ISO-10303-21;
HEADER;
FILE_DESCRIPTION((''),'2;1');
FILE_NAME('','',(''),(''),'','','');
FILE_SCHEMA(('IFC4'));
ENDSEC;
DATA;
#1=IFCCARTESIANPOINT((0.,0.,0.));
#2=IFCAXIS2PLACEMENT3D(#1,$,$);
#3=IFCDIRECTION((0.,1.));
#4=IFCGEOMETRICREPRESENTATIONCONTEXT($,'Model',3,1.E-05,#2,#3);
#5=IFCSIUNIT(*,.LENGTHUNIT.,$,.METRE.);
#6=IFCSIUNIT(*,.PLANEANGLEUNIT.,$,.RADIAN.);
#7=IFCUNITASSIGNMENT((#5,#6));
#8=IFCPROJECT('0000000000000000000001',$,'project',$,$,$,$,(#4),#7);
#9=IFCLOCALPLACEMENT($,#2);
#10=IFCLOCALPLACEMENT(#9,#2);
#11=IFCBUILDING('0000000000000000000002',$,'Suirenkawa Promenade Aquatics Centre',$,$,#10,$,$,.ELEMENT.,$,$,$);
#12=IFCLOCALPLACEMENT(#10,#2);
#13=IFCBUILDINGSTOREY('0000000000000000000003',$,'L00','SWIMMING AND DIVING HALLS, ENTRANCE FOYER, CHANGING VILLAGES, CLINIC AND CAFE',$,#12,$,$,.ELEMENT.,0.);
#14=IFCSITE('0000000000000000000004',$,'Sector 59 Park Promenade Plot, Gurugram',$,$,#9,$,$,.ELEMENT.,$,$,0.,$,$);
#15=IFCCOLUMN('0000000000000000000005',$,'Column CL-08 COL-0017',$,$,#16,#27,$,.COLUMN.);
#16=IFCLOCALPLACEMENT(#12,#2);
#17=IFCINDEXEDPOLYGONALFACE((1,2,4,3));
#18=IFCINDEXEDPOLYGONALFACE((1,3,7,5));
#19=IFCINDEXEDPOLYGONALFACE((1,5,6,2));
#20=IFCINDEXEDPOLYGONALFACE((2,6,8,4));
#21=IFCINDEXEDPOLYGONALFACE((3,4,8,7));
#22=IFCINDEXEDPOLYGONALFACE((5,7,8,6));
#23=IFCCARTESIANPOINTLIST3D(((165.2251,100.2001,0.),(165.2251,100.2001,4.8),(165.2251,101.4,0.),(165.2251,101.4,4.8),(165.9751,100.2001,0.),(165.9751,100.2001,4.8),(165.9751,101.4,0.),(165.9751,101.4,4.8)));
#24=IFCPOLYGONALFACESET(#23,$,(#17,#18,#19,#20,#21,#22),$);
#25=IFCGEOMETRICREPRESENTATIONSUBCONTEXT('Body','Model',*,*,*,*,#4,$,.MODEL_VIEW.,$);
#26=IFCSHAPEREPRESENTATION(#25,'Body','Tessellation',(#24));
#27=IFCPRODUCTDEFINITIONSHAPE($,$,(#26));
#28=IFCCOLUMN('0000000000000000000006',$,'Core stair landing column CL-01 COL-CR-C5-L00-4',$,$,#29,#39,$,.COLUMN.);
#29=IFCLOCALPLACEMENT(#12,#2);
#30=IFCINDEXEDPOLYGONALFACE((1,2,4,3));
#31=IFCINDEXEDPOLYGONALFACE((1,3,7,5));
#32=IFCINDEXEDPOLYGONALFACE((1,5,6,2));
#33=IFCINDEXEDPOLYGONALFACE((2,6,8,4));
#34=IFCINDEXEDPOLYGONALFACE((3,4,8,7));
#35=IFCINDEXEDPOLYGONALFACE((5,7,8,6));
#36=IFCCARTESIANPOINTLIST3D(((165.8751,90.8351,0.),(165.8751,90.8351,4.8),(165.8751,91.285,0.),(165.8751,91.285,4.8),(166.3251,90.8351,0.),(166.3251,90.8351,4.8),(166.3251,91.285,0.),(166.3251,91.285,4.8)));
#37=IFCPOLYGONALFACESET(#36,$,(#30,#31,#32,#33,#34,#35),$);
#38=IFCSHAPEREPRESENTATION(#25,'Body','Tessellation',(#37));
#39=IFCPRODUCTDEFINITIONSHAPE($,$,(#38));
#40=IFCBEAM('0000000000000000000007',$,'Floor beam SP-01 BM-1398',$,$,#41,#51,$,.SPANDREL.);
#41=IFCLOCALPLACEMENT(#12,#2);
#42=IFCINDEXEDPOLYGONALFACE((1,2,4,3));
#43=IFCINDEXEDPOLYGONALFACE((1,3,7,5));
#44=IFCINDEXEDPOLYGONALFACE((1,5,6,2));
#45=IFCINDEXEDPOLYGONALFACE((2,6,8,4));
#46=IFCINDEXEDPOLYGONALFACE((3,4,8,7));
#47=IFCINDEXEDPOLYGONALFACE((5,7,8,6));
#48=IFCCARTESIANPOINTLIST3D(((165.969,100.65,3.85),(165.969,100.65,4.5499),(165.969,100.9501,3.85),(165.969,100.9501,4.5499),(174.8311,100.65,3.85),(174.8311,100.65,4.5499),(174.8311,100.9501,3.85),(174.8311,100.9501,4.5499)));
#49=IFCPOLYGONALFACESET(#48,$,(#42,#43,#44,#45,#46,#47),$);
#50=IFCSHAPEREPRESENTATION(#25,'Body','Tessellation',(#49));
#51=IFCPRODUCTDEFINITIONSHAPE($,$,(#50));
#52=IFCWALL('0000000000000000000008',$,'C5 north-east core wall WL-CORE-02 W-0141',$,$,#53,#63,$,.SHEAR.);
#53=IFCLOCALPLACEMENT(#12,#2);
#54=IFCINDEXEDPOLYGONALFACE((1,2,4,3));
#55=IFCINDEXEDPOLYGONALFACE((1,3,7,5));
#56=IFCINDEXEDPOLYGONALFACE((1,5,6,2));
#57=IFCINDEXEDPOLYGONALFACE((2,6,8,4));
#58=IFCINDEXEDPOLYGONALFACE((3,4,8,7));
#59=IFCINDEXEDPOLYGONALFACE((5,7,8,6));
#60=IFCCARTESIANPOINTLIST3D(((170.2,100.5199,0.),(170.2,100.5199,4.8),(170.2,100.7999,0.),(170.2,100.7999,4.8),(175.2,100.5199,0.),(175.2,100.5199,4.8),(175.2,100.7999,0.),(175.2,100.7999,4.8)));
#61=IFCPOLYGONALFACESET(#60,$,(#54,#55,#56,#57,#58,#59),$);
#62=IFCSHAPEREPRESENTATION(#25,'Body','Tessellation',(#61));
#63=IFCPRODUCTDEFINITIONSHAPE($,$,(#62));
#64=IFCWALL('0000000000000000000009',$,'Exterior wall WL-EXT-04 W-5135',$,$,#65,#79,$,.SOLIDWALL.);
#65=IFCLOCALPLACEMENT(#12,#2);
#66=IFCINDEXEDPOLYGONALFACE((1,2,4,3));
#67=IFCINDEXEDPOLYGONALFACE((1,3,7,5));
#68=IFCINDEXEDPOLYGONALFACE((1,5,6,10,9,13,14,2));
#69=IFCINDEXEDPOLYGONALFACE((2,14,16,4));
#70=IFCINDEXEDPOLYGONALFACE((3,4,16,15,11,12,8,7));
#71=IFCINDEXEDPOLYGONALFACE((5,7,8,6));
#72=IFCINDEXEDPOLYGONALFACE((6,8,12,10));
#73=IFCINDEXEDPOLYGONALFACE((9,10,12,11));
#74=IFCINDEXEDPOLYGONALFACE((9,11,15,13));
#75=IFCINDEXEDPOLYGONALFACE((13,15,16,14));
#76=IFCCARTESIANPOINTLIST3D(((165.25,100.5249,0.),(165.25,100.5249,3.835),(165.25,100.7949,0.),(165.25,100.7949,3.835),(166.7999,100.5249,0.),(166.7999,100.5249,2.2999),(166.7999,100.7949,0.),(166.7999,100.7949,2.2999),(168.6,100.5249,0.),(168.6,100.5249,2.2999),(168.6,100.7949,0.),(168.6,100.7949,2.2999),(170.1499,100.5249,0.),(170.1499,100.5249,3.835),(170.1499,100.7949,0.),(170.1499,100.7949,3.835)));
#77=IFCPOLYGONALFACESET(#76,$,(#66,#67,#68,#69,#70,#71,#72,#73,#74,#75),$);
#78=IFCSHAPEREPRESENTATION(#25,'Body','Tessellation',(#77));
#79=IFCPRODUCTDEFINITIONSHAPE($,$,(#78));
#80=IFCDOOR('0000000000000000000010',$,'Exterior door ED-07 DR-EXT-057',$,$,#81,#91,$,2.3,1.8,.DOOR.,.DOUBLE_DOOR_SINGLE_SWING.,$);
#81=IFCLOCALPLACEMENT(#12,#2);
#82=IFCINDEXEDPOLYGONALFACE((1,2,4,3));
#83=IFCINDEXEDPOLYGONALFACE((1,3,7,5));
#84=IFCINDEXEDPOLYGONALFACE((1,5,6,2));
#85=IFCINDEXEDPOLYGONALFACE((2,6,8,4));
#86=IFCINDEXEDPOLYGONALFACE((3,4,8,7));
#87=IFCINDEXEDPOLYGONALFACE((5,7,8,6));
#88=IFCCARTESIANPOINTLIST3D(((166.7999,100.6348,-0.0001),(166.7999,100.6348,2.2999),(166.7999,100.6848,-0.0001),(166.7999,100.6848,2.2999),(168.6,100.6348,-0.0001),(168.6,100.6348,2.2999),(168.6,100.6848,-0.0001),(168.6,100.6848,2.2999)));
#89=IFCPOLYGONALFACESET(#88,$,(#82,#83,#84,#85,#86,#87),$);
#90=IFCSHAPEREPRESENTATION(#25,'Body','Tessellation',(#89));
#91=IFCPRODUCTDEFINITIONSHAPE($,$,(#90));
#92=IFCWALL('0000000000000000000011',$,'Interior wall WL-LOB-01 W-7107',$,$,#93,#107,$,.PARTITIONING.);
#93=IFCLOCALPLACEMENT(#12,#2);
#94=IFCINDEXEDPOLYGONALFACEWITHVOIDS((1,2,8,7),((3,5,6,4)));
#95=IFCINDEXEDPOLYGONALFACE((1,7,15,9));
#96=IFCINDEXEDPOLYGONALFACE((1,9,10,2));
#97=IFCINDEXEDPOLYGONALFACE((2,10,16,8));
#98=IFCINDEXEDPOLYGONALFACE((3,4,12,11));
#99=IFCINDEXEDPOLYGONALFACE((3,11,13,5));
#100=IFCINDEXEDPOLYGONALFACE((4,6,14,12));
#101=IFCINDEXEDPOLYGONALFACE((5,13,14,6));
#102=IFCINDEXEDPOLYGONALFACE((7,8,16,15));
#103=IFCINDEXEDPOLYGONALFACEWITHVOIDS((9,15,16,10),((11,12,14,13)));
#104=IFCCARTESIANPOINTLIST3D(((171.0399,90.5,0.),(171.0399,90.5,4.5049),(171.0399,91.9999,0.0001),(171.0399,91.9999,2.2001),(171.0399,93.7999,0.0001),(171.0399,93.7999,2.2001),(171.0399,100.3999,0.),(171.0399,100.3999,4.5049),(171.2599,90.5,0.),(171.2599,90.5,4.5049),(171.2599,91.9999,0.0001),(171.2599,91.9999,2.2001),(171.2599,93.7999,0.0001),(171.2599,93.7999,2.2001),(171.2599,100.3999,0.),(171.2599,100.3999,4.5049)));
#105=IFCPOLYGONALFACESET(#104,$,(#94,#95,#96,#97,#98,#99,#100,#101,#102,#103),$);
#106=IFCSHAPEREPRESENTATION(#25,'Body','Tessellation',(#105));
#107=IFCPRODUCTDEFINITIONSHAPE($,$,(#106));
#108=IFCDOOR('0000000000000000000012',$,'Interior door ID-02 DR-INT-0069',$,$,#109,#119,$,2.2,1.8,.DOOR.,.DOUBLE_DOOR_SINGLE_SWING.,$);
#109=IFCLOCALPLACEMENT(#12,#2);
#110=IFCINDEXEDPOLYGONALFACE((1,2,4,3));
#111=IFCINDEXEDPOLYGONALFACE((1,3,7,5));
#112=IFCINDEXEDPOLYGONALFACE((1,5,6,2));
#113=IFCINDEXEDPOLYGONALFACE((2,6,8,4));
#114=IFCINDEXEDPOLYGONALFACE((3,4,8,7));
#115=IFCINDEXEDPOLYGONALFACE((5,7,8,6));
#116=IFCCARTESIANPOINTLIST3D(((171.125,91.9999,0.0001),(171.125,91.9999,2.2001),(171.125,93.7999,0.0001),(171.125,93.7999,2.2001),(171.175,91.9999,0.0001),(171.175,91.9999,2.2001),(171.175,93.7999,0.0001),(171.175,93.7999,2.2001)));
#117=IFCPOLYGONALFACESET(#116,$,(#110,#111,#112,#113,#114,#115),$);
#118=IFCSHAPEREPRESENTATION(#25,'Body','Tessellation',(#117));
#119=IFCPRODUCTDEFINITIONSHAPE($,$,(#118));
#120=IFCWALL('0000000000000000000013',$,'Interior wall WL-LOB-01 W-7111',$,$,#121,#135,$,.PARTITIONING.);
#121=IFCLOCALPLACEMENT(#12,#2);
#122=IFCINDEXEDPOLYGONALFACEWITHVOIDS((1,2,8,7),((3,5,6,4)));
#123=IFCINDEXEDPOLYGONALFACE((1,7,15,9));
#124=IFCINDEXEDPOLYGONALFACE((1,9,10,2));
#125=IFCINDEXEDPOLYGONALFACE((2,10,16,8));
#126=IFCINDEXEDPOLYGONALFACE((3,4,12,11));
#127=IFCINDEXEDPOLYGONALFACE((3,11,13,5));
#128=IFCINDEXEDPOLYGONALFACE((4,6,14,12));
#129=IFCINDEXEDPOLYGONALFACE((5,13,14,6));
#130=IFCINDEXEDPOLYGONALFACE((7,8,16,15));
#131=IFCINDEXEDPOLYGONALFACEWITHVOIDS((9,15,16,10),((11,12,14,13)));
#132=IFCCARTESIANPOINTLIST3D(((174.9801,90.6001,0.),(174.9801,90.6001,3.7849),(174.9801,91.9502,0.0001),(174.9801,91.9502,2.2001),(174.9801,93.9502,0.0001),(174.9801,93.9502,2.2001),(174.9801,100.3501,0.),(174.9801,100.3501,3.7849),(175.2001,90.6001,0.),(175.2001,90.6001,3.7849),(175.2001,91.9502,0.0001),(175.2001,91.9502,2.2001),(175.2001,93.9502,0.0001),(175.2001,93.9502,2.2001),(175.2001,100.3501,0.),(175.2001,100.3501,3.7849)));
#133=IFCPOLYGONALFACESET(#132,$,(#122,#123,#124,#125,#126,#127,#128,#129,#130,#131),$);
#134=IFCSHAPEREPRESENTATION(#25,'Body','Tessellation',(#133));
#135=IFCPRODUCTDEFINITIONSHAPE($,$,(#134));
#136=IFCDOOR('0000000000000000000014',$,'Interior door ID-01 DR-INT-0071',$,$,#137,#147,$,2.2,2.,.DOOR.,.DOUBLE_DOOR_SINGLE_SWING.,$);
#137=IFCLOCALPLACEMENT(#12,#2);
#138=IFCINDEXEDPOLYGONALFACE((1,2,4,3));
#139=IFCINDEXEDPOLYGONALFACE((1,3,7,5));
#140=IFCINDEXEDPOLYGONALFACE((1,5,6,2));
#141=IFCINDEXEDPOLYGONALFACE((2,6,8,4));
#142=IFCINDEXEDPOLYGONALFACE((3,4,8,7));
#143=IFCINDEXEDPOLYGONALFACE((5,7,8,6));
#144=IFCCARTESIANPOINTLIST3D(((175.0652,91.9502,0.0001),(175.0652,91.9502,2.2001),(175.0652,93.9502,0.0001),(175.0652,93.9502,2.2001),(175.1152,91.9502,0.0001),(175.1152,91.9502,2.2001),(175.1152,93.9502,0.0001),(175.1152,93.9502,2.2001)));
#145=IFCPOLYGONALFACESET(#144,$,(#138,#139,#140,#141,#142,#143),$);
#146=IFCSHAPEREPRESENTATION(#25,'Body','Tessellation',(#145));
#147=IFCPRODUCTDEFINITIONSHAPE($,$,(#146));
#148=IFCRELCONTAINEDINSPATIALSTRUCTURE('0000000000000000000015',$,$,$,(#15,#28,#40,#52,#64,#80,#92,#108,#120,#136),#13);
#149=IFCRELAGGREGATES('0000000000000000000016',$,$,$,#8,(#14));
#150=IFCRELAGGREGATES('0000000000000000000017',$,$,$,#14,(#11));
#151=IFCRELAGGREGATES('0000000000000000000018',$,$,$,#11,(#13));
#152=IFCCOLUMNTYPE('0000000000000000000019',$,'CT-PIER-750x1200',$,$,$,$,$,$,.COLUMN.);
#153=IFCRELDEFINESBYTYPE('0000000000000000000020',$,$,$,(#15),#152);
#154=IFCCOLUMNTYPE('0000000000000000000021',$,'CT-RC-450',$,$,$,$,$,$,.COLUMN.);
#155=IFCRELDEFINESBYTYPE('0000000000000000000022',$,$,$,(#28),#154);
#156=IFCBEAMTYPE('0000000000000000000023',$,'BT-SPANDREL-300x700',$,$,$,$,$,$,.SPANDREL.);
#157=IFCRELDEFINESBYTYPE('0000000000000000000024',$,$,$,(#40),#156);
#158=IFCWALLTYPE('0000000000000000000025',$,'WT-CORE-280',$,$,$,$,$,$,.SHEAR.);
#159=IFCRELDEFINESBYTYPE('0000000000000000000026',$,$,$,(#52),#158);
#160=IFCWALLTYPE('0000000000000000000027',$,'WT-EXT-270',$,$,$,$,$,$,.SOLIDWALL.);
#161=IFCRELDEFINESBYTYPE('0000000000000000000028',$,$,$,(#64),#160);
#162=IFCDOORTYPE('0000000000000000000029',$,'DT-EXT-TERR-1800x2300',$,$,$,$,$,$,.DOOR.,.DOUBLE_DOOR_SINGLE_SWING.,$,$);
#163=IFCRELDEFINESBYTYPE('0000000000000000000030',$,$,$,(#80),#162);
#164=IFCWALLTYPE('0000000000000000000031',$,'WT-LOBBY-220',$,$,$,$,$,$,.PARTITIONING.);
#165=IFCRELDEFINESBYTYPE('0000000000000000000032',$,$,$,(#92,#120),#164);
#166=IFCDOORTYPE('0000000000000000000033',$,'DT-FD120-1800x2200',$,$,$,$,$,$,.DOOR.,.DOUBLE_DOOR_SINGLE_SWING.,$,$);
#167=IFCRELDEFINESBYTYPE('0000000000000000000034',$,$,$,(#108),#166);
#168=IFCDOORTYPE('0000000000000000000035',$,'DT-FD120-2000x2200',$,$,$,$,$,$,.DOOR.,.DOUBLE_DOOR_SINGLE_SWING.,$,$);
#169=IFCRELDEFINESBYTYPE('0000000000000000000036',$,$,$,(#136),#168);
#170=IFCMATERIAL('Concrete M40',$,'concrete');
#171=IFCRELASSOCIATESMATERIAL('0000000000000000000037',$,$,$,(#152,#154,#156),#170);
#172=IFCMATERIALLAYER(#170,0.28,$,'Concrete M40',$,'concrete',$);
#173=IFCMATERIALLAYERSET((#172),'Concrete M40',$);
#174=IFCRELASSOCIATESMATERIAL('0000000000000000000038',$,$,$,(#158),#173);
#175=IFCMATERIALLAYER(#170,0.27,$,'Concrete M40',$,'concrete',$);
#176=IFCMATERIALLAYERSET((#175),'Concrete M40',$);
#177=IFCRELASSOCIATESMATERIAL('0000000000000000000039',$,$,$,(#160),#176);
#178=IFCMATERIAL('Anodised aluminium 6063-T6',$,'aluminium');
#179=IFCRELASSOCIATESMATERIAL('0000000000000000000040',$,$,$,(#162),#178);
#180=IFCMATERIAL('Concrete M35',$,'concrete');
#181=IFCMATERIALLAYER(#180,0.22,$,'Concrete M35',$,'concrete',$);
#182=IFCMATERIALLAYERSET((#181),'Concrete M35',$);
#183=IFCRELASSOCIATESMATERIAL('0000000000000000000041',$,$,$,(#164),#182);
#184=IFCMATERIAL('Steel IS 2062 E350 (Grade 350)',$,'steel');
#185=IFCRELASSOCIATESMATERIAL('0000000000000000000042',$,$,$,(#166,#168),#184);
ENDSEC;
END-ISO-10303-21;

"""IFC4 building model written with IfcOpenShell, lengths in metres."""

from ifc_helpers import new_model, si_unit, direction, frame, frame_2d, origin, origin_2d, place, context, subcontext, project, spatial, rectangle, extrude, material, layer, layer_set, material_profile, profile_set, type_object, element, fill, save


model = new_model("IFC4")

# Units and contexts
model_context = context("Model", 3, precision=1e-05, world=origin(), true_north=direction((0.0, 1.0)))
body_context = subcontext(model_context, "Body", "Model", "MODEL_VIEW")
ifc_project = project(units=[si_unit("LENGTHUNIT", "METRE"), si_unit("PLANEANGLEUNIT", "RADIAN")], contexts=[model_context])

# Site, building, storey
site_placement = place(None, origin())
site = spatial("IfcSite", under=ifc_project, at=site_placement, Name="Sector 59 Park Promenade Plot, Gurugram", CompositionType="ELEMENT", RefElevation=0.0)
building_placement = place(site_placement, origin())
building = spatial("IfcBuilding", under=site, at=building_placement, Name="Suirenkawa Promenade Aquatics Centre", CompositionType="ELEMENT")
storey_placement = place(building_placement, origin())
storey = spatial("IfcBuildingStorey", under=building, at=storey_placement, Name="L00", Description="SWIMMING AND DIVING HALLS, ENTRANCE FOYER, CHANGING VILLAGES, CLINIC AND CAFE", CompositionType="ELEMENT", Elevation=0.0)

# Columns
ifc_material_1 = material(Name="Concrete M40", Category="concrete")
ifc_material_profile_1 = material_profile(ifc_material_1, rectangle(XDim=0.75, YDim=1.2, at=origin_2d()), Name="RC PIER 750x1200", Category="concrete")
ifc_profile_set_1 = profile_set([ifc_material_profile_1], Name="Concrete M40")
column_type_1 = type_object("IfcColumnType", Name="CT-PIER-750x1200", PredefinedType="COLUMN", material=ifc_profile_set_1)
column_1_placement = place(storey_placement, frame((165.6001, 100.8, 0.0), z_axis=(0.0, 0.0, 1.0), x_axis=(1.0, 0.0, 0.0)))
element("IfcColumn", 1, at=column_1_placement, inside=storey, type_object=column_type_1, Name="Column CL-08 COL-0017", PredefinedType="COLUMN", context=body_context, shape_type="SweptSolid", body=[
    extrude(rectangle(XDim=0.75, YDim=1.2, at=origin_2d()), origin(), (0.0, 0.0, 1.0), 4.8),
])
ifc_material_profile_2 = material_profile(ifc_material_1, rectangle(XDim=0.45, YDim=0.45, at=origin_2d()), Name="RC COL 450x450", Category="concrete")
ifc_profile_set_2 = profile_set([ifc_material_profile_2], Name="Concrete M40")
column_type_2 = type_object("IfcColumnType", Name="CT-RC-450", PredefinedType="COLUMN", material=ifc_profile_set_2)
column_2_placement = place(storey_placement, frame((166.1001, 91.0601, 0.0), z_axis=(0.0, 0.0, 1.0), x_axis=(1.0, 0.0, 0.0)))
element("IfcColumn", 2, at=column_2_placement, inside=storey, type_object=column_type_2, Name="Core stair landing column CL-01 COL-CR-C5-L00-4", PredefinedType="COLUMN", context=body_context, shape_type="SweptSolid", body=[
    extrude(rectangle(XDim=0.45, YDim=0.45, at=origin_2d()), origin(), (0.0, 0.0, 1.0), 4.8),
])

# Beam
ifc_material_profile_3 = material_profile(ifc_material_1, rectangle(XDim=0.3, YDim=0.7, at=origin_2d()), Name="RC SPANDREL 300x700", Category="concrete")
ifc_profile_set_3 = profile_set([ifc_material_profile_3], Name="Concrete M40")
beam_type = type_object("IfcBeamType", Name="BT-SPANDREL-300x700", PredefinedType="SPANDREL", material=ifc_profile_set_3)
beam_placement = place(storey_placement, frame((165.969, 100.8, 4.2), z_axis=(1.0, 0.0, 0.0), x_axis=(0.0, 1.0, 0.0)))
element("IfcBeam", 3, at=beam_placement, inside=storey, type_object=beam_type, Name="Floor beam SP-01 BM-1398", PredefinedType="SPANDREL", context=body_context, shape_type="SweptSolid", body=[
    extrude(rectangle(XDim=0.3, YDim=0.7, at=origin_2d()), origin(), (0.0, 0.0, 1.0), 8.8621),
])

# Wall
ifc_layer_1 = layer(ifc_material_1, 0.28, Name="Concrete M40", Category="concrete")
ifc_layer_set_1 = layer_set([ifc_layer_1], Name="Concrete M40")
wall_type_1 = type_object("IfcWallType", Name="WT-CORE-280", PredefinedType="SHEAR", material=ifc_layer_set_1)
wall_1_placement = place(storey_placement, frame((170.2, 100.6599, 0.0), z_axis=(0.0, 0.0, 1.0), x_axis=(1.0, 0.0, 0.0)))
element("IfcWall", 4, at=wall_1_placement, inside=storey, type_object=wall_type_1, Name="C5 north-east core wall WL-CORE-02 W-0141", PredefinedType="SHEAR", context=body_context, shape_type="SweptSolid", body=[
    extrude(rectangle(XDim=5.0, YDim=0.28, at=frame_2d((2.5, 0.0))), origin(), (0.0, 0.0, 1.0), 4.8),
])

# Walls, openings, doors
ifc_layer_2 = layer(ifc_material_1, 0.27, Name="Concrete M40", Category="concrete")
ifc_layer_set_2 = layer_set([ifc_layer_2], Name="Concrete M40")
wall_type_2 = type_object("IfcWallType", Name="WT-EXT-270", PredefinedType="SOLIDWALL", material=ifc_layer_set_2)
wall_2_placement = place(storey_placement, frame((165.25, 100.6599, 0.0), z_axis=(0.0, 0.0, 1.0), x_axis=(1.0, 0.0, 0.0)))
wall_2 = element("IfcWall", 5, at=wall_2_placement, inside=storey, type_object=wall_type_2, Name="Exterior wall WL-EXT-04 W-5135", PredefinedType="SOLIDWALL", context=body_context, shape_type="SweptSolid", body=[
    extrude(rectangle(XDim=4.8999, YDim=0.27, at=frame_2d((2.45, 0.0))), origin(), (0.0, 0.0, 1.0), 3.835),
])
opening_1_placement = place(wall_2_placement, frame((1.55, 0.0, 0.0)))
opening_1 = element("IfcOpeningElement", 6, at=opening_1_placement, cuts=wall_2, PredefinedType="OPENING", context=body_context, shape_type="SweptSolid", body=[
    extrude(rectangle(XDim=1.8, YDim=2.3, at=frame_2d((0.8999, 1.1499))), frame((0.0, 0.145, 0.0), z_axis=(0.0, -1.0, 0.0), x_axis=(1.0, 0.0, 0.0)), (0.0, 0.0, 1.0), 0.29),
])
ifc_material_2 = material(Name="Anodised aluminium 6063-T6", Category="aluminium")
door_type_1 = type_object("IfcDoorType", Name="DT-EXT-TERR-1800x2300", OperationType="DOUBLE_DOOR_SINGLE_SWING", PredefinedType="DOOR", material=ifc_material_2)
door_1_placement = place(opening_1_placement, origin())
door_1 = element("IfcDoor", 7, at=door_1_placement, inside=storey, type_object=door_type_1, Name="Exterior door ED-07 DR-EXT-057", OperationType="DOUBLE_DOOR_SINGLE_SWING", OverallHeight=2.3, OverallWidth=1.8, PredefinedType="DOOR", context=body_context, shape_type="SweptSolid", body=[
    extrude(rectangle(XDim=1.8, YDim=2.3, at=frame_2d((0.8999, 1.1499))), frame((0.0, 0.0249, 0.0), z_axis=(0.0, -1.0, 0.0), x_axis=(1.0, 0.0, 0.0)), (0.0, 0.0, 1.0), 0.05),
])
fill(opening_1, door_1)
ifc_material_3 = material(Name="Concrete M35", Category="concrete")
ifc_layer_3 = layer(ifc_material_3, 0.22, Name="Concrete M35", Category="concrete")
ifc_layer_set_3 = layer_set([ifc_layer_3], Name="Concrete M35")
wall_type_3 = type_object("IfcWallType", Name="WT-LOBBY-220", PredefinedType="PARTITIONING", material=ifc_layer_set_3)
wall_3_placement = place(storey_placement, frame((171.1499, 90.5, 0.0), z_axis=(0.0, 0.0, 1.0), x_axis=(0.0, 1.0, 0.0)))
wall_3 = element("IfcWall", 8, at=wall_3_placement, inside=storey, type_object=wall_type_3, Name="Interior wall WL-LOB-01 W-7107", PredefinedType="PARTITIONING", context=body_context, shape_type="SweptSolid", body=[
    extrude(rectangle(XDim=9.8999, YDim=0.22, at=frame_2d((4.95, 0.0))), origin(), (0.0, 0.0, 1.0), 4.5049),
])
opening_2_placement = place(wall_3_placement, frame((1.5, 0.0, 0.0)))
opening_2 = element("IfcOpeningElement", 9, at=opening_2_placement, cuts=wall_3, PredefinedType="OPENING", context=body_context, shape_type="SweptSolid", body=[
    extrude(rectangle(XDim=1.8, YDim=2.2, at=frame_2d((0.8999, 1.1001))), frame((0.0, 0.1199, 0.0), z_axis=(0.0, -1.0, 0.0), x_axis=(1.0, 0.0, 0.0)), (0.0, 0.0, 1.0), 0.24),
])
ifc_material_4 = material(Name="Steel IS 2062 E350 (Grade 350)", Category="steel")
door_type_2 = type_object("IfcDoorType", Name="DT-FD120-1800x2200", OperationType="DOUBLE_DOOR_SINGLE_SWING", PredefinedType="DOOR", material=ifc_material_4)
door_2_placement = place(opening_2_placement, origin())
door_2 = element("IfcDoor", 10, at=door_2_placement, inside=storey, type_object=door_type_2, Name="Interior door ID-02 DR-INT-0069", OperationType="DOUBLE_DOOR_SINGLE_SWING", OverallHeight=2.2, OverallWidth=1.8, PredefinedType="DOOR", context=body_context, shape_type="SweptSolid", body=[
    extrude(rectangle(XDim=1.8, YDim=2.2, at=frame_2d((0.8999, 1.1001))), frame((0.0, 0.0249, 0.0), z_axis=(0.0, -1.0, 0.0), x_axis=(1.0, 0.0, 0.0)), (0.0, 0.0, 1.0), 0.05),
])
fill(opening_2, door_2)
wall_4_placement = place(storey_placement, frame((175.0901, 90.6001, 0.0), z_axis=(0.0, 0.0, 1.0), x_axis=(0.0, 1.0, 0.0)))
wall_4 = element("IfcWall", 11, at=wall_4_placement, inside=storey, type_object=wall_type_3, Name="Interior wall WL-LOB-01 W-7111", PredefinedType="PARTITIONING", context=body_context, shape_type="SweptSolid", body=[
    extrude(rectangle(XDim=9.75, YDim=0.22, at=frame_2d((4.875, 0.0))), origin(), (0.0, 0.0, 1.0), 3.7849),
])
opening_3_placement = place(wall_4_placement, frame((1.3501, 0.0, 0.0)))
opening_3 = element("IfcOpeningElement", 12, at=opening_3_placement, cuts=wall_4, PredefinedType="OPENING", context=body_context, shape_type="SweptSolid", body=[
    extrude(rectangle(XDim=2.0, YDim=2.2, at=frame_2d((1.0, 1.1001))), frame((0.0, 0.1199, 0.0), z_axis=(0.0, -1.0, 0.0), x_axis=(1.0, 0.0, 0.0)), (0.0, 0.0, 1.0), 0.24),
])
door_type_3 = type_object("IfcDoorType", Name="DT-FD120-2000x2200", OperationType="DOUBLE_DOOR_SINGLE_SWING", PredefinedType="DOOR", material=ifc_material_4)
door_3_placement = place(opening_3_placement, origin())
door_3 = element("IfcDoor", 13, at=door_3_placement, inside=storey, type_object=door_type_3, Name="Interior door ID-01 DR-INT-0071", OperationType="DOUBLE_DOOR_SINGLE_SWING", OverallHeight=2.2, OverallWidth=2.0, PredefinedType="DOOR", context=body_context, shape_type="SweptSolid", body=[
    extrude(rectangle(XDim=2.0, YDim=2.2, at=frame_2d((1.0, 1.1001))), frame((0.0, 0.0249, 0.0), z_axis=(0.0, -1.0, 0.0), x_axis=(1.0, 0.0, 0.0)), (0.0, 0.0, 1.0), 0.05),
])
fill(opening_3, door_3)

save(model, "model.ifc")
